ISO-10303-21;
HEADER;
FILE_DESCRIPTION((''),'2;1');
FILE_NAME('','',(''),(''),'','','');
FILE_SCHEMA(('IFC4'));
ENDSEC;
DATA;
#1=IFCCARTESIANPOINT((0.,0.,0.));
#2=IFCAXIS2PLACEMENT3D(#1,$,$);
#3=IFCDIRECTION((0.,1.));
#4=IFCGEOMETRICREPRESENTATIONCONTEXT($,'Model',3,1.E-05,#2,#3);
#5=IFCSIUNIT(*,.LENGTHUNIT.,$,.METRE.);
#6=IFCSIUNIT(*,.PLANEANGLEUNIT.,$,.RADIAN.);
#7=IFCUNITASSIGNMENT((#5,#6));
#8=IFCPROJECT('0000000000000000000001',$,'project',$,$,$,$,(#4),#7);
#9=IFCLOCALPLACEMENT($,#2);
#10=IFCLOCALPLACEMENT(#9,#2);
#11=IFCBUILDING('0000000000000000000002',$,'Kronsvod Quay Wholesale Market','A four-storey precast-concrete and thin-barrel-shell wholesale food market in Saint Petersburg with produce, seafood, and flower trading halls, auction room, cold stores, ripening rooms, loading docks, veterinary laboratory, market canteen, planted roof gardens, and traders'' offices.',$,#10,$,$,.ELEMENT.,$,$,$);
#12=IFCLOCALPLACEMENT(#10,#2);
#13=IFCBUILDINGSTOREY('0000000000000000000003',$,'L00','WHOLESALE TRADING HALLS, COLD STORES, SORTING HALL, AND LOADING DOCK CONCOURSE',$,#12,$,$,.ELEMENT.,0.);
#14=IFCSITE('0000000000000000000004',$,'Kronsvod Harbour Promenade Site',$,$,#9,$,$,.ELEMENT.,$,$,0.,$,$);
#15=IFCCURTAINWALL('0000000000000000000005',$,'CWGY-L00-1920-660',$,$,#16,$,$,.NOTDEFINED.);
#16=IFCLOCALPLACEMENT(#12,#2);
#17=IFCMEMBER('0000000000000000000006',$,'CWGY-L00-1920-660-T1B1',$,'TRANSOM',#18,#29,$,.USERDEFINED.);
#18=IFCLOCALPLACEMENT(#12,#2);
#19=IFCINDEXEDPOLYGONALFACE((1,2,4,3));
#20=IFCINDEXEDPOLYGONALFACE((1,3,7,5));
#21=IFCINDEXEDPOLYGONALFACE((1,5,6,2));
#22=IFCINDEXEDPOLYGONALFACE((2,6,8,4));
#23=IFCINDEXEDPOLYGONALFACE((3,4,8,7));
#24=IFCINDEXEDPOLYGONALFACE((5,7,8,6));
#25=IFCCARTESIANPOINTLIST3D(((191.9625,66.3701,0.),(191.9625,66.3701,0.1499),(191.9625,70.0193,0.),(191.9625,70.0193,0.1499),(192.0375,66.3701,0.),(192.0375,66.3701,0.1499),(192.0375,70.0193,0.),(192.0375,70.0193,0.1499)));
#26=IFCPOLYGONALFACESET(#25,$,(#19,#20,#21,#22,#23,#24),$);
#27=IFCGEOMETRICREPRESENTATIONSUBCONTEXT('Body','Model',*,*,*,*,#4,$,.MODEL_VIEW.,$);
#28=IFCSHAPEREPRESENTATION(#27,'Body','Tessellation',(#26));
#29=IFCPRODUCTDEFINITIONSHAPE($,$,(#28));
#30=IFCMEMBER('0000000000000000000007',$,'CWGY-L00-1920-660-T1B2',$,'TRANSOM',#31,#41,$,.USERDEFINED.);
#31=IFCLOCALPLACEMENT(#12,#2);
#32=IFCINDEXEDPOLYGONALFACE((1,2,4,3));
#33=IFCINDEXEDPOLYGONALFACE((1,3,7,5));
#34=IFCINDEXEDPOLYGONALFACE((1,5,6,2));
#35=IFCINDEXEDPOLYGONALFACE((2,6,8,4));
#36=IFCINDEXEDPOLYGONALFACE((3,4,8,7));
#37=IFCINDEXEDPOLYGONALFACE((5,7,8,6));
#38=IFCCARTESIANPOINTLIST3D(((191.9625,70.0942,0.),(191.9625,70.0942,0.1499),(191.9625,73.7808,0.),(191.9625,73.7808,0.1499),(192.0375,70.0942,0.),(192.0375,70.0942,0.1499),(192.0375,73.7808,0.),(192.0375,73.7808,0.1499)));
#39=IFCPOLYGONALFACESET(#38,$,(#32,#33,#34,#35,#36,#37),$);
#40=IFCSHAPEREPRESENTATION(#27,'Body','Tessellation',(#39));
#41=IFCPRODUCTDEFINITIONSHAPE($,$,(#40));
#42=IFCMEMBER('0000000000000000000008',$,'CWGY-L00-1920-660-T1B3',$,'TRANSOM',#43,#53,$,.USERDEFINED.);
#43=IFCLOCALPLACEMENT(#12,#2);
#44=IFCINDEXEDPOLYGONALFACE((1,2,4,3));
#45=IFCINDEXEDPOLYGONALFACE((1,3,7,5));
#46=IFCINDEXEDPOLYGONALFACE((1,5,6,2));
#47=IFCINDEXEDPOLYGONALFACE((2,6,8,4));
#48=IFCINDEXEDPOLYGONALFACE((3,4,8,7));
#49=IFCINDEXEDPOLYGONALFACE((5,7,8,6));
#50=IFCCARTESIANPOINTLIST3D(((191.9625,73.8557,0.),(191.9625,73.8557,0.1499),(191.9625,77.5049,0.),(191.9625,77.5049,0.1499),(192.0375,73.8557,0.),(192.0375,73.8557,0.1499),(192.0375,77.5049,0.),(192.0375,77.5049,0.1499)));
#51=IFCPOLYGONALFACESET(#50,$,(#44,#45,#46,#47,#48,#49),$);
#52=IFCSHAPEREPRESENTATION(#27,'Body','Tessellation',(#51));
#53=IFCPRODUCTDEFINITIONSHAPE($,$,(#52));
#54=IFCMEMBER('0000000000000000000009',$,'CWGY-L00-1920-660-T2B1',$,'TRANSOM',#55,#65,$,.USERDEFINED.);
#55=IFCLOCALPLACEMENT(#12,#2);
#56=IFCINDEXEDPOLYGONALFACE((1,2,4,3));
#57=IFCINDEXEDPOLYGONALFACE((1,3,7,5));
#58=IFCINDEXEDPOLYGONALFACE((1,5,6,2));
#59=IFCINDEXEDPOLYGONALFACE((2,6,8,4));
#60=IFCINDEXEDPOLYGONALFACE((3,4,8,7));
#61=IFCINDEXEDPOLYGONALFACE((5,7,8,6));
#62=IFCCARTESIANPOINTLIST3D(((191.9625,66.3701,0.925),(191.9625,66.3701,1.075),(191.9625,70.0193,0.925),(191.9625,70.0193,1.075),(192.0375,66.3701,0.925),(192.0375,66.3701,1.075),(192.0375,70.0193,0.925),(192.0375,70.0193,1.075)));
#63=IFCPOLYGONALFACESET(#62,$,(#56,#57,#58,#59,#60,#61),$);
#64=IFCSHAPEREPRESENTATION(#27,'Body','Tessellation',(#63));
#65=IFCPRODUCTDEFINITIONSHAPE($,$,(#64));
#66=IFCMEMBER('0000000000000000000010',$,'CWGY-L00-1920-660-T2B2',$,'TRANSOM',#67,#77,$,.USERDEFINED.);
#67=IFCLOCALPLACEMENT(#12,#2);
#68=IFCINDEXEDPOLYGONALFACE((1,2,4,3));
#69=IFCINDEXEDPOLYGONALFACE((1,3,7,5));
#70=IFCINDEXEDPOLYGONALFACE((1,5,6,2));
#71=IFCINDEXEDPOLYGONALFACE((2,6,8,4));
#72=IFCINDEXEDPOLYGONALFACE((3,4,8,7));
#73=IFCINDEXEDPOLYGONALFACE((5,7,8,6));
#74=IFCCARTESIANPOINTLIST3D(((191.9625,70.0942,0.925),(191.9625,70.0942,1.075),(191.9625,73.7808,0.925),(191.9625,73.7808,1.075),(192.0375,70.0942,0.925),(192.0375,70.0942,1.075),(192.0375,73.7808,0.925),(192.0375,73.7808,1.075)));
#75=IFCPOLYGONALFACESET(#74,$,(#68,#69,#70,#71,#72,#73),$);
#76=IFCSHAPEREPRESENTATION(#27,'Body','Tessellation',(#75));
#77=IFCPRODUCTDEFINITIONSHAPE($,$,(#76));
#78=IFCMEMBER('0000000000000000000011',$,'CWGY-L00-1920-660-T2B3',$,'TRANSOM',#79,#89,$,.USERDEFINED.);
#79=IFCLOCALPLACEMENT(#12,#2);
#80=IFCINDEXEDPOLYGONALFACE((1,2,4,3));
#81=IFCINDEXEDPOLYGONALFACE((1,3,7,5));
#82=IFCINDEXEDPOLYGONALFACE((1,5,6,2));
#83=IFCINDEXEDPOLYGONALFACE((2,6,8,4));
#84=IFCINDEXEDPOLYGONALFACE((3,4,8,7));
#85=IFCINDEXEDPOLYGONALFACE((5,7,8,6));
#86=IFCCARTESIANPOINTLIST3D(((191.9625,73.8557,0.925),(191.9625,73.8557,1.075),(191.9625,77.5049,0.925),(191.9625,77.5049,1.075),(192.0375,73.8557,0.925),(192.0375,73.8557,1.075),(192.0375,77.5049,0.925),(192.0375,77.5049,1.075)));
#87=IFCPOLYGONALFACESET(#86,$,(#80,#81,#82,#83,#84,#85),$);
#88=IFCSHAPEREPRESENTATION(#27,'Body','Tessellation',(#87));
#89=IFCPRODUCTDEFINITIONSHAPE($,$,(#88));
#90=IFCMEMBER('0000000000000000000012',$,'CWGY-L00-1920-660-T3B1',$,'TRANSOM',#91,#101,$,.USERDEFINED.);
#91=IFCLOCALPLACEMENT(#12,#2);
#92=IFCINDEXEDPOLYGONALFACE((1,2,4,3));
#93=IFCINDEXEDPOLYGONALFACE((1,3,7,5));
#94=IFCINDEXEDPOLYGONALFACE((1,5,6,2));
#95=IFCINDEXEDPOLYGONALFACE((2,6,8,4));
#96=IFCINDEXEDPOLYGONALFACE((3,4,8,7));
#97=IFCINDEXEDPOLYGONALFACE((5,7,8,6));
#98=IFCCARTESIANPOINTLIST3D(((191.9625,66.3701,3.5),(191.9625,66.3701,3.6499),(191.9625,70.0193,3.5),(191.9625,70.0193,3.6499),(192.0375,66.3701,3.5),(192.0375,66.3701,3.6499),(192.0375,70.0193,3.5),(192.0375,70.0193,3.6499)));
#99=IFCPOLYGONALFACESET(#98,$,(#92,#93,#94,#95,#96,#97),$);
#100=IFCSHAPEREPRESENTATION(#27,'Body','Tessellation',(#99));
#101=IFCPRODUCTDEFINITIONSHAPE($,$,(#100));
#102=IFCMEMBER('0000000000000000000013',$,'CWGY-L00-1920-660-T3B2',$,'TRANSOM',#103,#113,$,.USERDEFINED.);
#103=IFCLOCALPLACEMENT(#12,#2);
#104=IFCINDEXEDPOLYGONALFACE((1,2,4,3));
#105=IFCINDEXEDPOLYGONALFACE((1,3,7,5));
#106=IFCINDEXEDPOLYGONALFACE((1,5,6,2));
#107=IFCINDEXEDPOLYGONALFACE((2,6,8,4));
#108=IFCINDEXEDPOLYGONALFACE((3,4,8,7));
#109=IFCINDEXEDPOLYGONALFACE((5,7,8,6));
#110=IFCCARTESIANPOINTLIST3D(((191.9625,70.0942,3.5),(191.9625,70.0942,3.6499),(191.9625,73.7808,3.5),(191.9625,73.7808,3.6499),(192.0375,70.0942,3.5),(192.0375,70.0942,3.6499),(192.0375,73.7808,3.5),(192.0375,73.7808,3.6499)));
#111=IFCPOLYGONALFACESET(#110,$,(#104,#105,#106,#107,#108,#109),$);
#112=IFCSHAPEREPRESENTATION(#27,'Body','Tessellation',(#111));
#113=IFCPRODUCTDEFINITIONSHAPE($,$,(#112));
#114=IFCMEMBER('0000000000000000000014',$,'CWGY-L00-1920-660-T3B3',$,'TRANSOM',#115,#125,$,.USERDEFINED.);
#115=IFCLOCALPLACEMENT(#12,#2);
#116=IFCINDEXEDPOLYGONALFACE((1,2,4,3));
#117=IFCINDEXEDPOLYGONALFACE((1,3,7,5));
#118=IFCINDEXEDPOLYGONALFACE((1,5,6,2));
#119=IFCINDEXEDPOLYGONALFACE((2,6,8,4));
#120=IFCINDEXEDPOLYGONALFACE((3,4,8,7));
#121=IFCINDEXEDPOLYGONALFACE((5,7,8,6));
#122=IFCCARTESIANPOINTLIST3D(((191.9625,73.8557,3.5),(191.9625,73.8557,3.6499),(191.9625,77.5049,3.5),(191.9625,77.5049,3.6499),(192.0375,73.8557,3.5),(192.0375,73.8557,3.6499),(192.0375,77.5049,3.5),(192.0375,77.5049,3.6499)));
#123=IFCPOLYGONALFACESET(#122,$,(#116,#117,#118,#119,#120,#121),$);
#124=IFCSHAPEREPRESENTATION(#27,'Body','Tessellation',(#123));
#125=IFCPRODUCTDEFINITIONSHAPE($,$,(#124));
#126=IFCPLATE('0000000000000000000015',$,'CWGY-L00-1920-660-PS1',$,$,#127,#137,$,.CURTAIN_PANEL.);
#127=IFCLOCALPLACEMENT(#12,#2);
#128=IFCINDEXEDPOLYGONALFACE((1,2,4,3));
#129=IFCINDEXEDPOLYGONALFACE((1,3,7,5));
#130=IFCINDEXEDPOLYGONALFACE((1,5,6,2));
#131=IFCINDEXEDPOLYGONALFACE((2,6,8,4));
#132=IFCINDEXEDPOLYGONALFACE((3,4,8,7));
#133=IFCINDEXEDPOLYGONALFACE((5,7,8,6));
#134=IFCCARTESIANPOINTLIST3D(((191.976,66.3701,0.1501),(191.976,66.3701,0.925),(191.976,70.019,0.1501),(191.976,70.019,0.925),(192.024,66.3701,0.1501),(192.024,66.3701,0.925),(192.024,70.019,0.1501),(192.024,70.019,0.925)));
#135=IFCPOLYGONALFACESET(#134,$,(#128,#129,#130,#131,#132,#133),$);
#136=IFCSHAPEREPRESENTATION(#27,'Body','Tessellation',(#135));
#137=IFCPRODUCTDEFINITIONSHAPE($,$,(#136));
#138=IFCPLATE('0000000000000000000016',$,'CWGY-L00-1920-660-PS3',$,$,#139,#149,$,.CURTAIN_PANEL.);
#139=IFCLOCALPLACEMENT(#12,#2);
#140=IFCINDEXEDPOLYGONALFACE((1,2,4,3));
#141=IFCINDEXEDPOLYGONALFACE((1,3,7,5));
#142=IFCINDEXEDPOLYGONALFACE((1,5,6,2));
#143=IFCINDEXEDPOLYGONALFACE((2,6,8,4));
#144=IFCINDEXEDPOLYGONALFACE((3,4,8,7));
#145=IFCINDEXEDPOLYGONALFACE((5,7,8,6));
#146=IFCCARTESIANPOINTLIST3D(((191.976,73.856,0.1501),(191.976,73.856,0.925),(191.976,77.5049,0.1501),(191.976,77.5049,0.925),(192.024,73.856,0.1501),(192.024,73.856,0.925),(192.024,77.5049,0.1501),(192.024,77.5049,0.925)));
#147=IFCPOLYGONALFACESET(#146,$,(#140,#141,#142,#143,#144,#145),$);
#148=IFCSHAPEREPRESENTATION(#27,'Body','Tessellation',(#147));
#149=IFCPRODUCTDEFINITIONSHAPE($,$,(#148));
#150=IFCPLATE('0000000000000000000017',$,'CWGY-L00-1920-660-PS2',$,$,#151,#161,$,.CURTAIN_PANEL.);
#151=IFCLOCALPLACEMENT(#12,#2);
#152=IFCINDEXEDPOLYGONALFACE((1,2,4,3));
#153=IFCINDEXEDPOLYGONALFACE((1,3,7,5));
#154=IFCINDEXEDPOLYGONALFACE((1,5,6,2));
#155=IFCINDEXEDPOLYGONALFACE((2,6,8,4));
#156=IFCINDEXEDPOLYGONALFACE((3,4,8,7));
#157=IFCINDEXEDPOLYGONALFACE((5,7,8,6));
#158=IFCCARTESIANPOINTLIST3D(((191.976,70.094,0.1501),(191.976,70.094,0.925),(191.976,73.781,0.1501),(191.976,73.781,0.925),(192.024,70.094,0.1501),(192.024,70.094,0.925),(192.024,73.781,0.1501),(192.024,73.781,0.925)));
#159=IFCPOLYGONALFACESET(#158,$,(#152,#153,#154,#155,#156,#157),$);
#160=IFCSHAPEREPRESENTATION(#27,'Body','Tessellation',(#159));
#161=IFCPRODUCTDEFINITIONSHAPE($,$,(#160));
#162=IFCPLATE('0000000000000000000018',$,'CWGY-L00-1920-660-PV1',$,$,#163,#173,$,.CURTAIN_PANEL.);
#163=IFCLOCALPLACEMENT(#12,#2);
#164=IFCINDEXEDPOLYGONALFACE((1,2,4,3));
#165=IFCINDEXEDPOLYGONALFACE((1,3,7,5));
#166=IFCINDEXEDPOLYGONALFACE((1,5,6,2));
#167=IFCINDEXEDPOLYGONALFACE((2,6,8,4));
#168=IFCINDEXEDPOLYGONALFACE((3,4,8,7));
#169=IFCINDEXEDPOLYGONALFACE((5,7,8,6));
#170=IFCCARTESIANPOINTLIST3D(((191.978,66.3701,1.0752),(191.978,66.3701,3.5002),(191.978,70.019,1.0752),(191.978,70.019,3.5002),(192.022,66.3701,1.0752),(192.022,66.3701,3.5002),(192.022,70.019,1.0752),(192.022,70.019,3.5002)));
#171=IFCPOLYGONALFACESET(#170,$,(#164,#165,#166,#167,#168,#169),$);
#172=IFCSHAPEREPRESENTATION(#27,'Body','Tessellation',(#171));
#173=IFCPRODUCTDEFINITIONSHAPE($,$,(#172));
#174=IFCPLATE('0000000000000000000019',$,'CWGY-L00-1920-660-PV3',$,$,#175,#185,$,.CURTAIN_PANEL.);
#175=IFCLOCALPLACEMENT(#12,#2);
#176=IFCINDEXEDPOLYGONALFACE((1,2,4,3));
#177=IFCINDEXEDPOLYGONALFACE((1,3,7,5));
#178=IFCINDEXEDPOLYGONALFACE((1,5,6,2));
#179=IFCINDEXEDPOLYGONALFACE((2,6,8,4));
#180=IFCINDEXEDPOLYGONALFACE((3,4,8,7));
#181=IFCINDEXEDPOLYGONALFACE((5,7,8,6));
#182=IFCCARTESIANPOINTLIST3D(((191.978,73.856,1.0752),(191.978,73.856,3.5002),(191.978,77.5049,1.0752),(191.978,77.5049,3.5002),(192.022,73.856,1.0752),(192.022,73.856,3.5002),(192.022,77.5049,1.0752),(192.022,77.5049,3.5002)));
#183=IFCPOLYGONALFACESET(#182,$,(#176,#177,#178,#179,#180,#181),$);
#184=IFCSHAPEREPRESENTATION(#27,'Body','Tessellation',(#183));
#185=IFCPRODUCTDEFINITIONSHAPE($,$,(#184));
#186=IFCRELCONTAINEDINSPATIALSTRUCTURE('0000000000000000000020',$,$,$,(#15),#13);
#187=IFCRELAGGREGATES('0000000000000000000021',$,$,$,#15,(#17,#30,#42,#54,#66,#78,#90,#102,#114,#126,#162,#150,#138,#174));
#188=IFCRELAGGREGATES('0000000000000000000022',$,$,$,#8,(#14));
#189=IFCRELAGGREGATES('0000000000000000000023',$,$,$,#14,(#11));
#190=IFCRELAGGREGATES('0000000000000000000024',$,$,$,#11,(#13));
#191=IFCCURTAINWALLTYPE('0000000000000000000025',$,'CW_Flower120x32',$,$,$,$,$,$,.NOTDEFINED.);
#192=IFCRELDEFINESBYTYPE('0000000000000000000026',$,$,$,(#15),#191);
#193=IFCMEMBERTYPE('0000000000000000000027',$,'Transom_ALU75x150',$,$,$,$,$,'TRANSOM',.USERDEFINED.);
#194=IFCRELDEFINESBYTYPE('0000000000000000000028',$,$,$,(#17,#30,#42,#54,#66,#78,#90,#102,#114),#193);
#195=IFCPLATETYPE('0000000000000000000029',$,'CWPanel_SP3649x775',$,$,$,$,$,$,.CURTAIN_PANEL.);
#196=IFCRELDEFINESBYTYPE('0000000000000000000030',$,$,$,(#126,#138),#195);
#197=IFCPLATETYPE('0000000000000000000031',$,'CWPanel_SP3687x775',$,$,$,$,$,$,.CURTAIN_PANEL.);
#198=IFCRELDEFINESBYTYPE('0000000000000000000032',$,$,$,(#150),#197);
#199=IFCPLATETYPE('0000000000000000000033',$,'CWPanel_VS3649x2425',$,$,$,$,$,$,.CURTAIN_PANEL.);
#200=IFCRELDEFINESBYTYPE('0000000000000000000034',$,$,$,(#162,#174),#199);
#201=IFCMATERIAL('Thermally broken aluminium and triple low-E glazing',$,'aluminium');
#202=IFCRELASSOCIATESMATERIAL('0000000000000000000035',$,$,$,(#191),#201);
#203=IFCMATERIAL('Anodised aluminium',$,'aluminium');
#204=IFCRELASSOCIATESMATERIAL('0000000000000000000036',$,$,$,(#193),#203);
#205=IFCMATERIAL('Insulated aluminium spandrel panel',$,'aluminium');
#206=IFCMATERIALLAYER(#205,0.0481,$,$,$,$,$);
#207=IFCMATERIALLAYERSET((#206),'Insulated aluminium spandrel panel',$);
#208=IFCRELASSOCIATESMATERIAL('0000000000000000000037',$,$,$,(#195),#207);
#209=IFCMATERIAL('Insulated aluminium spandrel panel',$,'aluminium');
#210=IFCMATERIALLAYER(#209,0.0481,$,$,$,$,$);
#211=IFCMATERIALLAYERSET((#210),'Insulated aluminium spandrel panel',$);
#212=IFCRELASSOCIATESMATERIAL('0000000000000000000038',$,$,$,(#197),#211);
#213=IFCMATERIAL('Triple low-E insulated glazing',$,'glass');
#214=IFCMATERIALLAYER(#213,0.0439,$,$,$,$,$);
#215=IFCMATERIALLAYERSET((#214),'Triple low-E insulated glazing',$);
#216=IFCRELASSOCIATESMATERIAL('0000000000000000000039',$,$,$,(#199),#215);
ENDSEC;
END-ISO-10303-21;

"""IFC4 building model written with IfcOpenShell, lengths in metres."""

from ifc_helpers import new_model, si_unit, direction, frame, origin, origin_2d, place, context, subcontext, project, spatial, rectangle, extrude, material, layer, layer_set, material_profile, profile_set, type_object, element, aggregate, save


model = new_model("IFC4")

# Units and contexts
model_context = context("Model", 3, precision=1e-05, world=origin(), true_north=direction((0.0, 1.0)))
body_context = subcontext(model_context, "Body", "Model", "MODEL_VIEW")
ifc_project = project(units=[si_unit("LENGTHUNIT", "METRE"), si_unit("PLANEANGLEUNIT", "RADIAN")], contexts=[model_context])

# Site, building, storey
site_placement = place(None, origin())
site = spatial("IfcSite", under=ifc_project, at=site_placement, Name="Kronsvod Harbour Promenade Site", CompositionType="ELEMENT", RefElevation=0.0)
building_placement = place(site_placement, origin())
building = spatial("IfcBuilding", under=site, at=building_placement, Name="Kronsvod Quay Wholesale Market", Description="A four-storey precast-concrete and thin-barrel-shell wholesale food market in Saint Petersburg with produce, seafood, and flower trading halls, auction room, cold stores, ripening rooms, loading docks, veterinary laboratory, market canteen, planted roof gardens, and traders' offices.", CompositionType="ELEMENT")
storey_placement = place(building_placement, origin())
storey = spatial("IfcBuildingStorey", under=building, at=storey_placement, Name="L00", Description="WHOLESALE TRADING HALLS, COLD STORES, SORTING HALL, AND LOADING DOCK CONCOURSE", CompositionType="ELEMENT", Elevation=0.0)

# Curtain wall, members, plates
ifc_material_1 = material(Name="Thermally broken aluminium and triple low-E glazing", Category="aluminium")
curtain_wall_type = type_object("IfcCurtainWallType", Name="CW_Flower120x32", PredefinedType="NOTDEFINED", material=ifc_material_1)
curtain_wall_placement = place(storey_placement, origin())
curtain_wall = element("IfcCurtainWall", 1, at=curtain_wall_placement, inside=storey, type_object=curtain_wall_type, Name="CWGY-L00-1920-660", PredefinedType="NOTDEFINED")
ifc_material_2 = material(Name="Anodised aluminium", Category="aluminium")
ifc_material_profile_1 = material_profile(ifc_material_2, rectangle(XDim=0.075, YDim=0.1499, at=origin_2d()), Name="ALUT75x150")
ifc_profile_set_1 = profile_set([ifc_material_profile_1], Name="Anodised aluminium")
member_type_1 = type_object("IfcMemberType", Name="Transom_ALU75x150", ElementType="TRANSOM", PredefinedType="USERDEFINED", material=ifc_profile_set_1)
member_1_placement = place(storey_placement, frame((192.0, 66.3701, 0.075), z_axis=(0.0, 1.0, 0.0), x_axis=(-1.0, 0.0, 0.0)))
member_1 = element("IfcMember", 2, at=member_1_placement, type_object=member_type_1, Name="CWGY-L00-1920-660-T1B1", ObjectType="TRANSOM", PredefinedType="USERDEFINED", context=body_context, shape_type="SweptSolid", body=[
    extrude(rectangle(XDim=0.075, YDim=0.1499, at=origin_2d()), origin(), (0.0, 0.0, 1.0), 3.6492),
])
member_2_placement = place(storey_placement, frame((192.0, 70.0942, 0.075), z_axis=(0.0, 1.0, 0.0), x_axis=(-1.0, 0.0, 0.0)))
member_2 = element("IfcMember", 3, at=member_2_placement, type_object=member_type_1, Name="CWGY-L00-1920-660-T1B2", ObjectType="TRANSOM", PredefinedType="USERDEFINED", context=body_context, shape_type="SweptSolid", body=[
    extrude(rectangle(XDim=0.075, YDim=0.1499, at=origin_2d()), origin(), (0.0, 0.0, 1.0), 3.6865),
])
member_3_placement = place(storey_placement, frame((192.0, 73.8557, 0.075), z_axis=(0.0, 1.0, 0.0), x_axis=(-1.0, 0.0, 0.0)))
member_3 = element("IfcMember", 4, at=member_3_placement, type_object=member_type_1, Name="CWGY-L00-1920-660-T1B3", ObjectType="TRANSOM", PredefinedType="USERDEFINED", context=body_context, shape_type="SweptSolid", body=[
    extrude(rectangle(XDim=0.075, YDim=0.1499, at=origin_2d()), origin(), (0.0, 0.0, 1.0), 3.6492),
])
member_4_placement = place(storey_placement, frame((192.0, 66.3701, 1.0), z_axis=(0.0, 1.0, 0.0), x_axis=(-1.0, 0.0, 0.0)))
member_4 = element("IfcMember", 5, at=member_4_placement, type_object=member_type_1, Name="CWGY-L00-1920-660-T2B1", ObjectType="TRANSOM", PredefinedType="USERDEFINED", context=body_context, shape_type="SweptSolid", body=[
    extrude(rectangle(XDim=0.075, YDim=0.1499, at=origin_2d()), origin(), (0.0, 0.0, 1.0), 3.6492),
])
member_5_placement = place(storey_placement, frame((192.0, 70.0942, 1.0), z_axis=(0.0, 1.0, 0.0), x_axis=(-1.0, 0.0, 0.0)))
member_5 = element("IfcMember", 6, at=member_5_placement, type_object=member_type_1, Name="CWGY-L00-1920-660-T2B2", ObjectType="TRANSOM", PredefinedType="USERDEFINED", context=body_context, shape_type="SweptSolid", body=[
    extrude(rectangle(XDim=0.075, YDim=0.1499, at=origin_2d()), origin(), (0.0, 0.0, 1.0), 3.6865),
])
member_6_placement = place(storey_placement, frame((192.0, 73.8557, 1.0), z_axis=(0.0, 1.0, 0.0), x_axis=(-1.0, 0.0, 0.0)))
member_6 = element("IfcMember", 7, at=member_6_placement, type_object=member_type_1, Name="CWGY-L00-1920-660-T2B3", ObjectType="TRANSOM", PredefinedType="USERDEFINED", context=body_context, shape_type="SweptSolid", body=[
    extrude(rectangle(XDim=0.075, YDim=0.1499, at=origin_2d()), origin(), (0.0, 0.0, 1.0), 3.6492),
])
member_7_placement = place(storey_placement, frame((192.0, 66.3701, 3.575), z_axis=(0.0, 1.0, 0.0), x_axis=(-1.0, 0.0, 0.0)))
member_7 = element("IfcMember", 8, at=member_7_placement, type_object=member_type_1, Name="CWGY-L00-1920-660-T3B1", ObjectType="TRANSOM", PredefinedType="USERDEFINED", context=body_context, shape_type="SweptSolid", body=[
    extrude(rectangle(XDim=0.075, YDim=0.1499, at=origin_2d()), origin(), (0.0, 0.0, 1.0), 3.6492),
])
member_8_placement = place(storey_placement, frame((192.0, 70.0942, 3.575), z_axis=(0.0, 1.0, 0.0), x_axis=(-1.0, 0.0, 0.0)))
member_8 = element("IfcMember", 9, at=member_8_placement, type_object=member_type_1, Name="CWGY-L00-1920-660-T3B2", ObjectType="TRANSOM", PredefinedType="USERDEFINED", context=body_context, shape_type="SweptSolid", body=[
    extrude(rectangle(XDim=0.075, YDim=0.1499, at=origin_2d()), origin(), (0.0, 0.0, 1.0), 3.6865),
])
member_9_placement = place(storey_placement, frame((192.0, 73.8557, 3.575), z_axis=(0.0, 1.0, 0.0), x_axis=(-1.0, 0.0, 0.0)))
member_9 = element("IfcMember", 10, at=member_9_placement, type_object=member_type_1, Name="CWGY-L00-1920-660-T3B3", ObjectType="TRANSOM", PredefinedType="USERDEFINED", context=body_context, shape_type="SweptSolid", body=[
    extrude(rectangle(XDim=0.075, YDim=0.1499, at=origin_2d()), origin(), (0.0, 0.0, 1.0), 3.6492),
])
ifc_material_3 = material(Name="Insulated aluminium spandrel panel", Category="aluminium")
ifc_layer_1 = layer(ifc_material_3, 0.0481)
ifc_layer_set_1 = layer_set([ifc_layer_1], Name="Insulated aluminium spandrel panel")
plate_type_1 = type_object("IfcPlateType", Name="CWPanel_SP3649x775", PredefinedType="CURTAIN_PANEL", material=ifc_layer_set_1)
plate_1_placement = place(storey_placement, frame((192.0, 68.1946, 0.1501), z_axis=(0.0, 0.0, 1.0), x_axis=(0.0, 1.0, 0.0)))
plate_1 = element("IfcPlate", 11, at=plate_1_placement, type_object=plate_type_1, Name="CWGY-L00-1920-660-PS1", PredefinedType="CURTAIN_PANEL", context=body_context, shape_type="SweptSolid", body=[
    extrude(rectangle(XDim=3.6489, YDim=0.0481, at=origin_2d()), origin(), (0.0, 0.0, 1.0), 0.7749),
])
plate_2_placement = place(storey_placement, frame((192.0, 75.6804, 0.1501), z_axis=(0.0, 0.0, 1.0), x_axis=(0.0, 1.0, 0.0)))
plate_2 = element("IfcPlate", 12, at=plate_2_placement, type_object=plate_type_1, Name="CWGY-L00-1920-660-PS3", PredefinedType="CURTAIN_PANEL", context=body_context, shape_type="SweptSolid", body=[
    extrude(rectangle(XDim=3.6489, YDim=0.0481, at=origin_2d()), origin(), (0.0, 0.0, 1.0), 0.7749),
])
ifc_material_4 = material(Name="Insulated aluminium spandrel panel", Category="aluminium")
ifc_layer_2 = layer(ifc_material_4, 0.0481)
ifc_layer_set_2 = layer_set([ifc_layer_2], Name="Insulated aluminium spandrel panel")
plate_type_2 = type_object("IfcPlateType", Name="CWPanel_SP3687x775", PredefinedType="CURTAIN_PANEL", material=ifc_layer_set_2)
plate_3_placement = place(storey_placement, frame((192.0, 71.9375, 0.1501), z_axis=(0.0, 0.0, 1.0), x_axis=(0.0, 1.0, 0.0)))
plate_3 = element("IfcPlate", 13, at=plate_3_placement, type_object=plate_type_2, Name="CWGY-L00-1920-660-PS2", PredefinedType="CURTAIN_PANEL", context=body_context, shape_type="SweptSolid", body=[
    extrude(rectangle(XDim=3.687, YDim=0.0481, at=origin_2d()), origin(), (0.0, 0.0, 1.0), 0.7749),
])
ifc_material_5 = material(Name="Triple low-E insulated glazing", Category="glass")
ifc_layer_3 = layer(ifc_material_5, 0.0439)
ifc_layer_set_3 = layer_set([ifc_layer_3], Name="Triple low-E insulated glazing")
plate_type_3 = type_object("IfcPlateType", Name="CWPanel_VS3649x2425", PredefinedType="CURTAIN_PANEL", material=ifc_layer_set_3)
plate_4_placement = place(storey_placement, frame((192.0, 68.1946, 1.0752), z_axis=(0.0, 0.0, 1.0), x_axis=(0.0, 1.0, 0.0)))
plate_4 = element("IfcPlate", 14, at=plate_4_placement, type_object=plate_type_3, Name="CWGY-L00-1920-660-PV1", PredefinedType="CURTAIN_PANEL", context=body_context, shape_type="SweptSolid", body=[
    extrude(rectangle(XDim=3.6489, YDim=0.0439, at=origin_2d()), origin(), (0.0, 0.0, 1.0), 2.425),
])
plate_5_placement = place(storey_placement, frame((192.0, 75.6804, 1.0752), z_axis=(0.0, 0.0, 1.0), x_axis=(0.0, 1.0, 0.0)))
plate_5 = element("IfcPlate", 15, at=plate_5_placement, type_object=plate_type_3, Name="CWGY-L00-1920-660-PV3", PredefinedType="CURTAIN_PANEL", context=body_context, shape_type="SweptSolid", body=[
    extrude(rectangle(XDim=3.6489, YDim=0.0439, at=origin_2d()), origin(), (0.0, 0.0, 1.0), 2.425),
])
aggregate(curtain_wall, [member_1, member_2, member_3, member_4, member_5, member_6, member_7, member_8, member_9, plate_1, plate_4, plate_3, plate_2, plate_5])

save(model, "model.ifc")
